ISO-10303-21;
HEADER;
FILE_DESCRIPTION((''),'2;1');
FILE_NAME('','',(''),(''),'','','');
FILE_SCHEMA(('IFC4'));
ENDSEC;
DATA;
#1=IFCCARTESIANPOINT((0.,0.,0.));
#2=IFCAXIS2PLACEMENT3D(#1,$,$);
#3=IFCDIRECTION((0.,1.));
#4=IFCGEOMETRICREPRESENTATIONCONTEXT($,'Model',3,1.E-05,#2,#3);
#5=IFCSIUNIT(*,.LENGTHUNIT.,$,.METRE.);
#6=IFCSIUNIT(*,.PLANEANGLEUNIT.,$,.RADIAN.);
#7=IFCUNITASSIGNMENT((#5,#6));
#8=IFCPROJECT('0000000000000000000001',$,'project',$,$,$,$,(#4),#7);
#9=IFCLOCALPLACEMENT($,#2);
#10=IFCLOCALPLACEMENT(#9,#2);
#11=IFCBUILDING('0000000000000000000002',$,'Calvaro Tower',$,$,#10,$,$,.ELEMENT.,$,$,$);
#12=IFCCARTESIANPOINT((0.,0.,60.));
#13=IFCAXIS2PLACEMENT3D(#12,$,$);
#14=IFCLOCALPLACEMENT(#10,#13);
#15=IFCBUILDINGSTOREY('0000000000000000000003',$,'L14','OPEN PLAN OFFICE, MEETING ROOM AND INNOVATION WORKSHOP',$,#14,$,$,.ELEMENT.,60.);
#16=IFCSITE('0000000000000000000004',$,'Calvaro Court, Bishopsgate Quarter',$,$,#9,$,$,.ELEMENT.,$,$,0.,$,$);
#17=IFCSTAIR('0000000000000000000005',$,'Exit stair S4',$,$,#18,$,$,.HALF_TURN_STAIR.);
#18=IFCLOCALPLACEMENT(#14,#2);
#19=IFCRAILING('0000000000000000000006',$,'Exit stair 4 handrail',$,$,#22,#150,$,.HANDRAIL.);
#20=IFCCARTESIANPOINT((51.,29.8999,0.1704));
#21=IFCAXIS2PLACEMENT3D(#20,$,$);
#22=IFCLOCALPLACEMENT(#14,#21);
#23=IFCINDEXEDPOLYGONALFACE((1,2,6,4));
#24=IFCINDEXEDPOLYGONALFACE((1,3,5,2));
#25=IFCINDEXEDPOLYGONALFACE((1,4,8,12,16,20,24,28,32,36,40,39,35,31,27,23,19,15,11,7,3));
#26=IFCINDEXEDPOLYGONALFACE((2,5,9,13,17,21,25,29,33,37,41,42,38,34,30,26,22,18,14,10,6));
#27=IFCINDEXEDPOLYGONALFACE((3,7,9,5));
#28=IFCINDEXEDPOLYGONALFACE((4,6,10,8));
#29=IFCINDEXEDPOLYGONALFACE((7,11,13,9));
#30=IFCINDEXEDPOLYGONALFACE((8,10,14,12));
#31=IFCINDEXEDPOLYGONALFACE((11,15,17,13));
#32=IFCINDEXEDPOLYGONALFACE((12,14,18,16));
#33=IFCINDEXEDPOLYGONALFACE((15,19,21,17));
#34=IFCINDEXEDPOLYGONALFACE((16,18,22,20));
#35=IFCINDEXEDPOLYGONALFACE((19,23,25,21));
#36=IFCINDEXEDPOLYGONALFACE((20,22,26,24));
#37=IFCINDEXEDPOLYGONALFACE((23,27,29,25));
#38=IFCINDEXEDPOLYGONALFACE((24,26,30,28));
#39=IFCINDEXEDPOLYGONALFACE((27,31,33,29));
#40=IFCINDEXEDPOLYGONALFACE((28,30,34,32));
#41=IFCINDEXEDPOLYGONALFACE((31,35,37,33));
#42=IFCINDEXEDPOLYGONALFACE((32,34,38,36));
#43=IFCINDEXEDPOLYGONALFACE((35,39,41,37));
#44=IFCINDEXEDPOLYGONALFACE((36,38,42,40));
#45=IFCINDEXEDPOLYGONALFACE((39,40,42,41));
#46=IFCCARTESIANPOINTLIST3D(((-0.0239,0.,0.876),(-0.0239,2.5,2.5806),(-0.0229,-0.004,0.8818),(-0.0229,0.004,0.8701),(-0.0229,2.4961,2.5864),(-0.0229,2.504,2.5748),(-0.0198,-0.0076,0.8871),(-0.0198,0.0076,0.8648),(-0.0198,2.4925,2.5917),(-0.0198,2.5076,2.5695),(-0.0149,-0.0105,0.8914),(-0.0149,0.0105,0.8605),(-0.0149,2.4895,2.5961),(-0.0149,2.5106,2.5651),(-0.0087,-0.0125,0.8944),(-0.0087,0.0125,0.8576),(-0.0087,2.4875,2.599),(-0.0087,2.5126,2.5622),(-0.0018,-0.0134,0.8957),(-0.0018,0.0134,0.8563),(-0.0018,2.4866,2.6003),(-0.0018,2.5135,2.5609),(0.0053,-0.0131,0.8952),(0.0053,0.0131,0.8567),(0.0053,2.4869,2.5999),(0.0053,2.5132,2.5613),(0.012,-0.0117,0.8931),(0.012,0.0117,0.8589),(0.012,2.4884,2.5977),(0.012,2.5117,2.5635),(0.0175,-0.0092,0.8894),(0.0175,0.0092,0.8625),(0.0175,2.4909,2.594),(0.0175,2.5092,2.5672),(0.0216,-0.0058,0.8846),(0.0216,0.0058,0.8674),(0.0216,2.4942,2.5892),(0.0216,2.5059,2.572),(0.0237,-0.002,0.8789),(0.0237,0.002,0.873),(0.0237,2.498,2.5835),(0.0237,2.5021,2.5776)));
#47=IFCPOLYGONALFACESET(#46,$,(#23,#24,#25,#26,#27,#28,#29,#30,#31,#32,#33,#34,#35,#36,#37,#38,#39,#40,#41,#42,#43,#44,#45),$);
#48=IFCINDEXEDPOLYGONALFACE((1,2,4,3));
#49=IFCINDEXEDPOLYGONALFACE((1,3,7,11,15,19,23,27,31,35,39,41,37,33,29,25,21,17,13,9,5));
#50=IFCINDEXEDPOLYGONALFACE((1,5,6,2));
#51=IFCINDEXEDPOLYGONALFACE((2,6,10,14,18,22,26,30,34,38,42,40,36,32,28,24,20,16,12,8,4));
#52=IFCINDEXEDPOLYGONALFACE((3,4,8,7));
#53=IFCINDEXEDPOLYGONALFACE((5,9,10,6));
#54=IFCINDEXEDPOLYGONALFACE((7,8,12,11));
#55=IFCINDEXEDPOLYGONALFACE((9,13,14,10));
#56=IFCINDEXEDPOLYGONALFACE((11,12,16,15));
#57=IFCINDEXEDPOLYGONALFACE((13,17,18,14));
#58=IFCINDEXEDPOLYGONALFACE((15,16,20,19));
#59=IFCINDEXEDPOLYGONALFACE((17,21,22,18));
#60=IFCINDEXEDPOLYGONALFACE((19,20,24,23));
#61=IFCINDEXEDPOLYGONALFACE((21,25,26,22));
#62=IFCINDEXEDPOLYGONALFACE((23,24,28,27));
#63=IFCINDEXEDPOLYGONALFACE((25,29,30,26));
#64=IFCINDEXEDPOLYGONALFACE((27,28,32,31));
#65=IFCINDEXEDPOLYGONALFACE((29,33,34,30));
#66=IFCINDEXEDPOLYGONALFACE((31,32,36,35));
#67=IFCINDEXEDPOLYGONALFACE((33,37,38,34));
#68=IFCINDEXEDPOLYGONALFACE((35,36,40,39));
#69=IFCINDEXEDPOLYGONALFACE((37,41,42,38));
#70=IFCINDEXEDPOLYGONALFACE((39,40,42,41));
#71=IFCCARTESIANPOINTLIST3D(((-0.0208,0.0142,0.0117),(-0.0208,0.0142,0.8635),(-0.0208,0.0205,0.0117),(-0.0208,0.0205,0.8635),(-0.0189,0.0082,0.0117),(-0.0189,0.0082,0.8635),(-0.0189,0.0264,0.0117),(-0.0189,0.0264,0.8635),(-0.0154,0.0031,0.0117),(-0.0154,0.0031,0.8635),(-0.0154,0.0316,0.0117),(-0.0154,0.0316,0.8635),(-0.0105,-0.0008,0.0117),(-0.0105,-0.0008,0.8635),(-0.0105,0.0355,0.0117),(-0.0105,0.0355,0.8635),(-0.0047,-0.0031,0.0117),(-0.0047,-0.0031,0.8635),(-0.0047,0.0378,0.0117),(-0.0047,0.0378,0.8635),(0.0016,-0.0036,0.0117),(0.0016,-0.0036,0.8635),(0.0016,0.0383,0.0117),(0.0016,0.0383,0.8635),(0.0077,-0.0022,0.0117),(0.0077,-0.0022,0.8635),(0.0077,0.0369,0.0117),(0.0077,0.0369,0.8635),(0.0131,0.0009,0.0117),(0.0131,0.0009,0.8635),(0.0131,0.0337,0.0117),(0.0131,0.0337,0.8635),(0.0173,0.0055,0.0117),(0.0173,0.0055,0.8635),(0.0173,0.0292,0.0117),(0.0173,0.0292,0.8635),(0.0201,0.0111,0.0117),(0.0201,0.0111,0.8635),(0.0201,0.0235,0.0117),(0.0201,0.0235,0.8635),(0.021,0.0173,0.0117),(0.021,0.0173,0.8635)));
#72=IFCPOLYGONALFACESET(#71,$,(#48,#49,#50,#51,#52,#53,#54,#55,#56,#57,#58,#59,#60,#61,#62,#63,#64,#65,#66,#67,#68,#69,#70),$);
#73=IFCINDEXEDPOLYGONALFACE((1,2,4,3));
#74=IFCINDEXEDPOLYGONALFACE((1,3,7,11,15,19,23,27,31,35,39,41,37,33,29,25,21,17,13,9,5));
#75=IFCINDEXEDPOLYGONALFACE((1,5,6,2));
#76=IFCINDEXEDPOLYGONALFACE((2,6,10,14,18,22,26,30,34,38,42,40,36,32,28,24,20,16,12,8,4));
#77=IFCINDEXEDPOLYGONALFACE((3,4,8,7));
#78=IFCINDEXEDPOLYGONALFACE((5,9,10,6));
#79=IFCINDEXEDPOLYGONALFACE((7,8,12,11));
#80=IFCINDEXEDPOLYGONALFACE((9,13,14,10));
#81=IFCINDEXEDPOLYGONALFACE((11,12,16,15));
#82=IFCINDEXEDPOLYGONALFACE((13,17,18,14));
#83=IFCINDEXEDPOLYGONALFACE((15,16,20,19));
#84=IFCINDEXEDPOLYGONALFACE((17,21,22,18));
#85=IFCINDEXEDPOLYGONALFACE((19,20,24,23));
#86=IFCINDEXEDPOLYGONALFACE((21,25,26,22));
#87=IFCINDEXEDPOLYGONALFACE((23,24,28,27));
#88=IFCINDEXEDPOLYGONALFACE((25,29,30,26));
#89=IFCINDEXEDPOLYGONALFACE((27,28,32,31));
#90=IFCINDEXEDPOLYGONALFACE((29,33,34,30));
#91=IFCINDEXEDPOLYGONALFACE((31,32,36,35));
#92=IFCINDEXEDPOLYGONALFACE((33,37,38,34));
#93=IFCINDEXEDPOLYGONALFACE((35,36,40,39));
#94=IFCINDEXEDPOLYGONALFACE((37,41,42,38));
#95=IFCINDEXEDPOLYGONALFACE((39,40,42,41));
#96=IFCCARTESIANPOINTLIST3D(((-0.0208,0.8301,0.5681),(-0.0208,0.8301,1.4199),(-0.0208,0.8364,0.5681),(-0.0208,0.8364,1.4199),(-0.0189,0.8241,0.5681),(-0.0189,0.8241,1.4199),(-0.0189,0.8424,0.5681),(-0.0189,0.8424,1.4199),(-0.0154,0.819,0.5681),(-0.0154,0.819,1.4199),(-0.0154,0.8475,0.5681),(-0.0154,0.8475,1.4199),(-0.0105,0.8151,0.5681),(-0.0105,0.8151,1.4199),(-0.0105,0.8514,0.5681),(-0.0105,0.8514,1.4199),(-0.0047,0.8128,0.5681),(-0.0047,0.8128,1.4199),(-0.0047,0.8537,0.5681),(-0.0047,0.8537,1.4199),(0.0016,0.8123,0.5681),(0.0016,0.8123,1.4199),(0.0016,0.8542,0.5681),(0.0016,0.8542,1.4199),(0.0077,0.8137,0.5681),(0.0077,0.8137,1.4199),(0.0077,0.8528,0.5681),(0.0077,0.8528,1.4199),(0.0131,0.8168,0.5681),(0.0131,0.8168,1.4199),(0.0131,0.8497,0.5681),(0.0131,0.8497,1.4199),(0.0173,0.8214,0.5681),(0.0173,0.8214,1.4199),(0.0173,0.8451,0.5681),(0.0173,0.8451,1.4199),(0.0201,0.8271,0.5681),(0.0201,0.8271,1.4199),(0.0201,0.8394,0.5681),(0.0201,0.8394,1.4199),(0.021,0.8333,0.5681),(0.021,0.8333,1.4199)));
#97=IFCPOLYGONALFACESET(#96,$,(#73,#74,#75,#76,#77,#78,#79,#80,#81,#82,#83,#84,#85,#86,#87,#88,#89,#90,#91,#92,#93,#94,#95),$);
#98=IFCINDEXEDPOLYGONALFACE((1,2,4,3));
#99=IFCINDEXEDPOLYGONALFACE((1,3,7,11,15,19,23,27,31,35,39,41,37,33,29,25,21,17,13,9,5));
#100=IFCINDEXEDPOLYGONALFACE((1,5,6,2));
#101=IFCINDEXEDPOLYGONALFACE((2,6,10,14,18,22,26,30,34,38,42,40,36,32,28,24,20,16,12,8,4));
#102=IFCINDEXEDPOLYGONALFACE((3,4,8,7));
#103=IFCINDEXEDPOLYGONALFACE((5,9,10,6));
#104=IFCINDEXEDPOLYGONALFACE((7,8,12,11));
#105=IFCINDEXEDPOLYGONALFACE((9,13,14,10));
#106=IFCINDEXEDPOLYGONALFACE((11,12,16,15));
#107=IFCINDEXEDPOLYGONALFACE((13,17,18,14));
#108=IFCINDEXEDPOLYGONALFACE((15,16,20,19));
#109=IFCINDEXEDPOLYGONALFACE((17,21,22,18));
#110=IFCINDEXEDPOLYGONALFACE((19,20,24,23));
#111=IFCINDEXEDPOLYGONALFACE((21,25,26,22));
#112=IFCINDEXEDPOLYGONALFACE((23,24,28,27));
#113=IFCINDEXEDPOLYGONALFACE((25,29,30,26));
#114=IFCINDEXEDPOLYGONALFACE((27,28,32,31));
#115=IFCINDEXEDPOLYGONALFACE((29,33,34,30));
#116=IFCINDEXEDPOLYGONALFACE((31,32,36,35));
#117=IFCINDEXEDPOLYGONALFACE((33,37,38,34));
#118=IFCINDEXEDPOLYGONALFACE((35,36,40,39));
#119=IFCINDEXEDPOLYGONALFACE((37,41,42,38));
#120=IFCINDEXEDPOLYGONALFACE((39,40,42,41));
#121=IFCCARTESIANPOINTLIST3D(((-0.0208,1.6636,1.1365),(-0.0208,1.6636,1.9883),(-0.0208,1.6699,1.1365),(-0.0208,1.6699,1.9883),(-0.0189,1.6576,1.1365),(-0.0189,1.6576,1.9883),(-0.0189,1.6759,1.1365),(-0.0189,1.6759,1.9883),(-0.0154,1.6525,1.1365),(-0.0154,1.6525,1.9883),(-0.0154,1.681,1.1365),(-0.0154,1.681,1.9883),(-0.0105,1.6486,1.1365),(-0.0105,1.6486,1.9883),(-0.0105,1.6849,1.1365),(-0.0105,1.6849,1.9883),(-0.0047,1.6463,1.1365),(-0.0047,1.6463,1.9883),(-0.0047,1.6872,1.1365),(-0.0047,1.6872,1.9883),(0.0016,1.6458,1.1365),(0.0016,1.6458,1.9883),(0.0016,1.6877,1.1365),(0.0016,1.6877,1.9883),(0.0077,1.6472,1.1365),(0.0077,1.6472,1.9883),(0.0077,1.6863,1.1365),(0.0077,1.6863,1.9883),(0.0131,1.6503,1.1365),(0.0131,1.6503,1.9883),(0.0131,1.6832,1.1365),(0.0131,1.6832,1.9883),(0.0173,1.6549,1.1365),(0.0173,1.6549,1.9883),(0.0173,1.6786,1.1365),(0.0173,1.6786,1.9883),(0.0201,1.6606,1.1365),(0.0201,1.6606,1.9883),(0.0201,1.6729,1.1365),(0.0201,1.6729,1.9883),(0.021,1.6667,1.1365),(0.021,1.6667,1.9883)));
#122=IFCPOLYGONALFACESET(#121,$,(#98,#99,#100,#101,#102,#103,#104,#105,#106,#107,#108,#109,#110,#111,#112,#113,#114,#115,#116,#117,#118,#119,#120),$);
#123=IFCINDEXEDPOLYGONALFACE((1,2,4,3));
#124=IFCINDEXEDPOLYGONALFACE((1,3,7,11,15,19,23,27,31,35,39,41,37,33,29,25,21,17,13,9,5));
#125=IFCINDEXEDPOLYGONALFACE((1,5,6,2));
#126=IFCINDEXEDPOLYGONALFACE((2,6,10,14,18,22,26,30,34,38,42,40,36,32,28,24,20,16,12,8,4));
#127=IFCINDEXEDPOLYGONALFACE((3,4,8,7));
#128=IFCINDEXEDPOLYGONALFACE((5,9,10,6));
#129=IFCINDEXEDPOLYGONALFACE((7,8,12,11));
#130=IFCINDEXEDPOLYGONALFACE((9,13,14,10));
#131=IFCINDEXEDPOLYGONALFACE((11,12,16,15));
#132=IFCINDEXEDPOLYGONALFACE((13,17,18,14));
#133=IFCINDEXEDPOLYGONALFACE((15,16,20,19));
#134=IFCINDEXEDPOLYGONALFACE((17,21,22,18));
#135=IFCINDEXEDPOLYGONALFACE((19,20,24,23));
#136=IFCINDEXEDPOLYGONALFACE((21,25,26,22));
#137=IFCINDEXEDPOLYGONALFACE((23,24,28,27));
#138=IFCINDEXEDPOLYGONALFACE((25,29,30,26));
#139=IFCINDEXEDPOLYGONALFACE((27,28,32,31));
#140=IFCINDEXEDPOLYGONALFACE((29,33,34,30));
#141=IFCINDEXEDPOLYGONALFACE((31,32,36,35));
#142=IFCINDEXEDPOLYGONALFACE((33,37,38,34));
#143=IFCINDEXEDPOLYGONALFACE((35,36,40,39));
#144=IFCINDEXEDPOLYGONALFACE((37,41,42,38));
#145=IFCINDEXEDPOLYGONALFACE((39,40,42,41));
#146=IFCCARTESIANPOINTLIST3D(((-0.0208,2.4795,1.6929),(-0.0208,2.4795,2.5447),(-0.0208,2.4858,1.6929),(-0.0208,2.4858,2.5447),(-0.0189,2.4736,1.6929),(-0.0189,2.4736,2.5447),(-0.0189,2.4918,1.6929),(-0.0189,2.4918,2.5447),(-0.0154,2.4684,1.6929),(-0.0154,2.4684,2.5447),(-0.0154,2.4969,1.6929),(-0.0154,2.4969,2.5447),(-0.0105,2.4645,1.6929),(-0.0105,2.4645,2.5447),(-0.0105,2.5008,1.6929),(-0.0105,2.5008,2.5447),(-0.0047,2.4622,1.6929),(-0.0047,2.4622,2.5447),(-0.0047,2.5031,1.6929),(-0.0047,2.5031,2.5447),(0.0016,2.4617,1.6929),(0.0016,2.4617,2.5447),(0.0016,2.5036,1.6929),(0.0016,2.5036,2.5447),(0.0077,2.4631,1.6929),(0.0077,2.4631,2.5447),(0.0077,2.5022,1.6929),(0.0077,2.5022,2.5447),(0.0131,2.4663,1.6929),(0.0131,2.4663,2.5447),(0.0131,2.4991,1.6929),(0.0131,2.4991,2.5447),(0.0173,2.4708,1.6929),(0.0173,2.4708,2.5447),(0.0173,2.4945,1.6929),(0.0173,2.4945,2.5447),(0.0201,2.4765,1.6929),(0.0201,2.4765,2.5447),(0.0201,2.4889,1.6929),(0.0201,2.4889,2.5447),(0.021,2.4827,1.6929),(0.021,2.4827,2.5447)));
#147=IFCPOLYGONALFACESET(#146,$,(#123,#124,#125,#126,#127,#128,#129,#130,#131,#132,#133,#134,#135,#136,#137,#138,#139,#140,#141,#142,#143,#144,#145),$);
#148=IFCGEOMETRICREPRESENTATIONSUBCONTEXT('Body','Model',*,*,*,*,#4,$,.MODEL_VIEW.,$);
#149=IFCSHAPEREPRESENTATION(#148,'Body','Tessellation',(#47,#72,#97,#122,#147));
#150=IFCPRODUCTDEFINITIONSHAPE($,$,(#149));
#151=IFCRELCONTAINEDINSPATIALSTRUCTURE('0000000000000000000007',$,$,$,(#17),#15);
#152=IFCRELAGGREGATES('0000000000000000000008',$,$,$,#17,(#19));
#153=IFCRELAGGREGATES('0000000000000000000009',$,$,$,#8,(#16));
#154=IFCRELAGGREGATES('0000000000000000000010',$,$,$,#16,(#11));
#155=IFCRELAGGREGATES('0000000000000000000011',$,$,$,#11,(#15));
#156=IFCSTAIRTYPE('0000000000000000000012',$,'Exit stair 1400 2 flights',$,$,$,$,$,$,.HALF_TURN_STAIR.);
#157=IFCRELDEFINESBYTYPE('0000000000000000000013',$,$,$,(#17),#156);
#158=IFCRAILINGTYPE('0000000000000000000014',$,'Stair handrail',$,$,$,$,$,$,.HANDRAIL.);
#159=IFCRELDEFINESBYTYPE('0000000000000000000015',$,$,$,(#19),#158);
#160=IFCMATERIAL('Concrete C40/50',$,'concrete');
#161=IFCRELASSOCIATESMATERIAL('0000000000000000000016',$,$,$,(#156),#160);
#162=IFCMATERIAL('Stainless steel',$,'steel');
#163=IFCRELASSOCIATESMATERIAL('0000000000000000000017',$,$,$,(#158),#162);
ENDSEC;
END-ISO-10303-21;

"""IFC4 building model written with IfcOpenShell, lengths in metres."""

from ifc_helpers import new_model, si_unit, direction, frame, origin, origin_2d, place, context, subcontext, project, spatial, circle, extrude, material, type_object, element, aggregate, save


model = new_model("IFC4")

# Units and contexts
model_context = context("Model", 3, precision=1e-05, world=origin(), true_north=direction((0.0, 1.0)))
body_context = subcontext(model_context, "Body", "Model", "MODEL_VIEW")
ifc_project = project(units=[si_unit("LENGTHUNIT", "METRE"), si_unit("PLANEANGLEUNIT", "RADIAN")], contexts=[model_context])

# Site, building, storey
site_placement = place(None, origin())
site = spatial("IfcSite", under=ifc_project, at=site_placement, Name="Calvaro Court, Bishopsgate Quarter", CompositionType="ELEMENT", RefElevation=0.0)
building_placement = place(site_placement, origin())
building = spatial("IfcBuilding", under=site, at=building_placement, Name="Calvaro Tower", CompositionType="ELEMENT")
storey_placement = place(building_placement, frame((0.0, 0.0, 60.0)))
storey = spatial("IfcBuildingStorey", under=building, at=storey_placement, Name="L14", Description="OPEN PLAN OFFICE, MEETING ROOM AND INNOVATION WORKSHOP", CompositionType="ELEMENT", Elevation=60.0)

# Stair
ifc_material_1 = material(Name="Concrete C40/50", Category="concrete")
stair_type = type_object("IfcStairType", Name="Exit stair 1400 2 flights", PredefinedType="HALF_TURN_STAIR", material=ifc_material_1)
stair_1_placement = place(storey_placement, origin())
stair_1 = element("IfcStair", 1, at=stair_1_placement, inside=storey, type_object=stair_type, Name="Exit stair S4", PredefinedType="HALF_TURN_STAIR")

# Railing
ifc_material_2 = material(Name="Stainless steel", Category="steel")
railing_type = type_object("IfcRailingType", Name="Stair handrail", PredefinedType="HANDRAIL", material=ifc_material_2)
railing_1_placement = place(storey_placement, frame((51.0, 29.8999, 0.1704)))
railing_1 = element("IfcRailing", 2, at=railing_1_placement, type_object=railing_type, Name="Exit stair 4 handrail", PredefinedType="HANDRAIL", context=body_context, shape_type="SweptSolid", body=[
    extrude(circle(Radius=0.0239, at=origin_2d()), frame((0.0, 0.0, 0.876), z_axis=(0.0, 0.826221, 0.563347), x_axis=(-1.0, 0.0, 0.0)), (0.0, 0.0, 1.0), 3.0259),
    extrude(circle(Radius=0.021, at=origin_2d()), frame((0.0, 0.0173, 0.0117)), (0.0, 0.0, 1.0), 0.8518),
    extrude(circle(Radius=0.021, at=origin_2d()), frame((0.0, 0.8333, 0.5681)), (0.0, 0.0, 1.0), 0.8518),
    extrude(circle(Radius=0.021, at=origin_2d()), frame((0.0, 1.6667, 1.1365)), (0.0, 0.0, 1.0), 0.8518),
    extrude(circle(Radius=0.021, at=origin_2d()), frame((0.0, 2.4827, 1.6929)), (0.0, 0.0, 1.0), 0.8518),
])
aggregate(stair_1, [railing_1])

save(model, "model.ifc")
